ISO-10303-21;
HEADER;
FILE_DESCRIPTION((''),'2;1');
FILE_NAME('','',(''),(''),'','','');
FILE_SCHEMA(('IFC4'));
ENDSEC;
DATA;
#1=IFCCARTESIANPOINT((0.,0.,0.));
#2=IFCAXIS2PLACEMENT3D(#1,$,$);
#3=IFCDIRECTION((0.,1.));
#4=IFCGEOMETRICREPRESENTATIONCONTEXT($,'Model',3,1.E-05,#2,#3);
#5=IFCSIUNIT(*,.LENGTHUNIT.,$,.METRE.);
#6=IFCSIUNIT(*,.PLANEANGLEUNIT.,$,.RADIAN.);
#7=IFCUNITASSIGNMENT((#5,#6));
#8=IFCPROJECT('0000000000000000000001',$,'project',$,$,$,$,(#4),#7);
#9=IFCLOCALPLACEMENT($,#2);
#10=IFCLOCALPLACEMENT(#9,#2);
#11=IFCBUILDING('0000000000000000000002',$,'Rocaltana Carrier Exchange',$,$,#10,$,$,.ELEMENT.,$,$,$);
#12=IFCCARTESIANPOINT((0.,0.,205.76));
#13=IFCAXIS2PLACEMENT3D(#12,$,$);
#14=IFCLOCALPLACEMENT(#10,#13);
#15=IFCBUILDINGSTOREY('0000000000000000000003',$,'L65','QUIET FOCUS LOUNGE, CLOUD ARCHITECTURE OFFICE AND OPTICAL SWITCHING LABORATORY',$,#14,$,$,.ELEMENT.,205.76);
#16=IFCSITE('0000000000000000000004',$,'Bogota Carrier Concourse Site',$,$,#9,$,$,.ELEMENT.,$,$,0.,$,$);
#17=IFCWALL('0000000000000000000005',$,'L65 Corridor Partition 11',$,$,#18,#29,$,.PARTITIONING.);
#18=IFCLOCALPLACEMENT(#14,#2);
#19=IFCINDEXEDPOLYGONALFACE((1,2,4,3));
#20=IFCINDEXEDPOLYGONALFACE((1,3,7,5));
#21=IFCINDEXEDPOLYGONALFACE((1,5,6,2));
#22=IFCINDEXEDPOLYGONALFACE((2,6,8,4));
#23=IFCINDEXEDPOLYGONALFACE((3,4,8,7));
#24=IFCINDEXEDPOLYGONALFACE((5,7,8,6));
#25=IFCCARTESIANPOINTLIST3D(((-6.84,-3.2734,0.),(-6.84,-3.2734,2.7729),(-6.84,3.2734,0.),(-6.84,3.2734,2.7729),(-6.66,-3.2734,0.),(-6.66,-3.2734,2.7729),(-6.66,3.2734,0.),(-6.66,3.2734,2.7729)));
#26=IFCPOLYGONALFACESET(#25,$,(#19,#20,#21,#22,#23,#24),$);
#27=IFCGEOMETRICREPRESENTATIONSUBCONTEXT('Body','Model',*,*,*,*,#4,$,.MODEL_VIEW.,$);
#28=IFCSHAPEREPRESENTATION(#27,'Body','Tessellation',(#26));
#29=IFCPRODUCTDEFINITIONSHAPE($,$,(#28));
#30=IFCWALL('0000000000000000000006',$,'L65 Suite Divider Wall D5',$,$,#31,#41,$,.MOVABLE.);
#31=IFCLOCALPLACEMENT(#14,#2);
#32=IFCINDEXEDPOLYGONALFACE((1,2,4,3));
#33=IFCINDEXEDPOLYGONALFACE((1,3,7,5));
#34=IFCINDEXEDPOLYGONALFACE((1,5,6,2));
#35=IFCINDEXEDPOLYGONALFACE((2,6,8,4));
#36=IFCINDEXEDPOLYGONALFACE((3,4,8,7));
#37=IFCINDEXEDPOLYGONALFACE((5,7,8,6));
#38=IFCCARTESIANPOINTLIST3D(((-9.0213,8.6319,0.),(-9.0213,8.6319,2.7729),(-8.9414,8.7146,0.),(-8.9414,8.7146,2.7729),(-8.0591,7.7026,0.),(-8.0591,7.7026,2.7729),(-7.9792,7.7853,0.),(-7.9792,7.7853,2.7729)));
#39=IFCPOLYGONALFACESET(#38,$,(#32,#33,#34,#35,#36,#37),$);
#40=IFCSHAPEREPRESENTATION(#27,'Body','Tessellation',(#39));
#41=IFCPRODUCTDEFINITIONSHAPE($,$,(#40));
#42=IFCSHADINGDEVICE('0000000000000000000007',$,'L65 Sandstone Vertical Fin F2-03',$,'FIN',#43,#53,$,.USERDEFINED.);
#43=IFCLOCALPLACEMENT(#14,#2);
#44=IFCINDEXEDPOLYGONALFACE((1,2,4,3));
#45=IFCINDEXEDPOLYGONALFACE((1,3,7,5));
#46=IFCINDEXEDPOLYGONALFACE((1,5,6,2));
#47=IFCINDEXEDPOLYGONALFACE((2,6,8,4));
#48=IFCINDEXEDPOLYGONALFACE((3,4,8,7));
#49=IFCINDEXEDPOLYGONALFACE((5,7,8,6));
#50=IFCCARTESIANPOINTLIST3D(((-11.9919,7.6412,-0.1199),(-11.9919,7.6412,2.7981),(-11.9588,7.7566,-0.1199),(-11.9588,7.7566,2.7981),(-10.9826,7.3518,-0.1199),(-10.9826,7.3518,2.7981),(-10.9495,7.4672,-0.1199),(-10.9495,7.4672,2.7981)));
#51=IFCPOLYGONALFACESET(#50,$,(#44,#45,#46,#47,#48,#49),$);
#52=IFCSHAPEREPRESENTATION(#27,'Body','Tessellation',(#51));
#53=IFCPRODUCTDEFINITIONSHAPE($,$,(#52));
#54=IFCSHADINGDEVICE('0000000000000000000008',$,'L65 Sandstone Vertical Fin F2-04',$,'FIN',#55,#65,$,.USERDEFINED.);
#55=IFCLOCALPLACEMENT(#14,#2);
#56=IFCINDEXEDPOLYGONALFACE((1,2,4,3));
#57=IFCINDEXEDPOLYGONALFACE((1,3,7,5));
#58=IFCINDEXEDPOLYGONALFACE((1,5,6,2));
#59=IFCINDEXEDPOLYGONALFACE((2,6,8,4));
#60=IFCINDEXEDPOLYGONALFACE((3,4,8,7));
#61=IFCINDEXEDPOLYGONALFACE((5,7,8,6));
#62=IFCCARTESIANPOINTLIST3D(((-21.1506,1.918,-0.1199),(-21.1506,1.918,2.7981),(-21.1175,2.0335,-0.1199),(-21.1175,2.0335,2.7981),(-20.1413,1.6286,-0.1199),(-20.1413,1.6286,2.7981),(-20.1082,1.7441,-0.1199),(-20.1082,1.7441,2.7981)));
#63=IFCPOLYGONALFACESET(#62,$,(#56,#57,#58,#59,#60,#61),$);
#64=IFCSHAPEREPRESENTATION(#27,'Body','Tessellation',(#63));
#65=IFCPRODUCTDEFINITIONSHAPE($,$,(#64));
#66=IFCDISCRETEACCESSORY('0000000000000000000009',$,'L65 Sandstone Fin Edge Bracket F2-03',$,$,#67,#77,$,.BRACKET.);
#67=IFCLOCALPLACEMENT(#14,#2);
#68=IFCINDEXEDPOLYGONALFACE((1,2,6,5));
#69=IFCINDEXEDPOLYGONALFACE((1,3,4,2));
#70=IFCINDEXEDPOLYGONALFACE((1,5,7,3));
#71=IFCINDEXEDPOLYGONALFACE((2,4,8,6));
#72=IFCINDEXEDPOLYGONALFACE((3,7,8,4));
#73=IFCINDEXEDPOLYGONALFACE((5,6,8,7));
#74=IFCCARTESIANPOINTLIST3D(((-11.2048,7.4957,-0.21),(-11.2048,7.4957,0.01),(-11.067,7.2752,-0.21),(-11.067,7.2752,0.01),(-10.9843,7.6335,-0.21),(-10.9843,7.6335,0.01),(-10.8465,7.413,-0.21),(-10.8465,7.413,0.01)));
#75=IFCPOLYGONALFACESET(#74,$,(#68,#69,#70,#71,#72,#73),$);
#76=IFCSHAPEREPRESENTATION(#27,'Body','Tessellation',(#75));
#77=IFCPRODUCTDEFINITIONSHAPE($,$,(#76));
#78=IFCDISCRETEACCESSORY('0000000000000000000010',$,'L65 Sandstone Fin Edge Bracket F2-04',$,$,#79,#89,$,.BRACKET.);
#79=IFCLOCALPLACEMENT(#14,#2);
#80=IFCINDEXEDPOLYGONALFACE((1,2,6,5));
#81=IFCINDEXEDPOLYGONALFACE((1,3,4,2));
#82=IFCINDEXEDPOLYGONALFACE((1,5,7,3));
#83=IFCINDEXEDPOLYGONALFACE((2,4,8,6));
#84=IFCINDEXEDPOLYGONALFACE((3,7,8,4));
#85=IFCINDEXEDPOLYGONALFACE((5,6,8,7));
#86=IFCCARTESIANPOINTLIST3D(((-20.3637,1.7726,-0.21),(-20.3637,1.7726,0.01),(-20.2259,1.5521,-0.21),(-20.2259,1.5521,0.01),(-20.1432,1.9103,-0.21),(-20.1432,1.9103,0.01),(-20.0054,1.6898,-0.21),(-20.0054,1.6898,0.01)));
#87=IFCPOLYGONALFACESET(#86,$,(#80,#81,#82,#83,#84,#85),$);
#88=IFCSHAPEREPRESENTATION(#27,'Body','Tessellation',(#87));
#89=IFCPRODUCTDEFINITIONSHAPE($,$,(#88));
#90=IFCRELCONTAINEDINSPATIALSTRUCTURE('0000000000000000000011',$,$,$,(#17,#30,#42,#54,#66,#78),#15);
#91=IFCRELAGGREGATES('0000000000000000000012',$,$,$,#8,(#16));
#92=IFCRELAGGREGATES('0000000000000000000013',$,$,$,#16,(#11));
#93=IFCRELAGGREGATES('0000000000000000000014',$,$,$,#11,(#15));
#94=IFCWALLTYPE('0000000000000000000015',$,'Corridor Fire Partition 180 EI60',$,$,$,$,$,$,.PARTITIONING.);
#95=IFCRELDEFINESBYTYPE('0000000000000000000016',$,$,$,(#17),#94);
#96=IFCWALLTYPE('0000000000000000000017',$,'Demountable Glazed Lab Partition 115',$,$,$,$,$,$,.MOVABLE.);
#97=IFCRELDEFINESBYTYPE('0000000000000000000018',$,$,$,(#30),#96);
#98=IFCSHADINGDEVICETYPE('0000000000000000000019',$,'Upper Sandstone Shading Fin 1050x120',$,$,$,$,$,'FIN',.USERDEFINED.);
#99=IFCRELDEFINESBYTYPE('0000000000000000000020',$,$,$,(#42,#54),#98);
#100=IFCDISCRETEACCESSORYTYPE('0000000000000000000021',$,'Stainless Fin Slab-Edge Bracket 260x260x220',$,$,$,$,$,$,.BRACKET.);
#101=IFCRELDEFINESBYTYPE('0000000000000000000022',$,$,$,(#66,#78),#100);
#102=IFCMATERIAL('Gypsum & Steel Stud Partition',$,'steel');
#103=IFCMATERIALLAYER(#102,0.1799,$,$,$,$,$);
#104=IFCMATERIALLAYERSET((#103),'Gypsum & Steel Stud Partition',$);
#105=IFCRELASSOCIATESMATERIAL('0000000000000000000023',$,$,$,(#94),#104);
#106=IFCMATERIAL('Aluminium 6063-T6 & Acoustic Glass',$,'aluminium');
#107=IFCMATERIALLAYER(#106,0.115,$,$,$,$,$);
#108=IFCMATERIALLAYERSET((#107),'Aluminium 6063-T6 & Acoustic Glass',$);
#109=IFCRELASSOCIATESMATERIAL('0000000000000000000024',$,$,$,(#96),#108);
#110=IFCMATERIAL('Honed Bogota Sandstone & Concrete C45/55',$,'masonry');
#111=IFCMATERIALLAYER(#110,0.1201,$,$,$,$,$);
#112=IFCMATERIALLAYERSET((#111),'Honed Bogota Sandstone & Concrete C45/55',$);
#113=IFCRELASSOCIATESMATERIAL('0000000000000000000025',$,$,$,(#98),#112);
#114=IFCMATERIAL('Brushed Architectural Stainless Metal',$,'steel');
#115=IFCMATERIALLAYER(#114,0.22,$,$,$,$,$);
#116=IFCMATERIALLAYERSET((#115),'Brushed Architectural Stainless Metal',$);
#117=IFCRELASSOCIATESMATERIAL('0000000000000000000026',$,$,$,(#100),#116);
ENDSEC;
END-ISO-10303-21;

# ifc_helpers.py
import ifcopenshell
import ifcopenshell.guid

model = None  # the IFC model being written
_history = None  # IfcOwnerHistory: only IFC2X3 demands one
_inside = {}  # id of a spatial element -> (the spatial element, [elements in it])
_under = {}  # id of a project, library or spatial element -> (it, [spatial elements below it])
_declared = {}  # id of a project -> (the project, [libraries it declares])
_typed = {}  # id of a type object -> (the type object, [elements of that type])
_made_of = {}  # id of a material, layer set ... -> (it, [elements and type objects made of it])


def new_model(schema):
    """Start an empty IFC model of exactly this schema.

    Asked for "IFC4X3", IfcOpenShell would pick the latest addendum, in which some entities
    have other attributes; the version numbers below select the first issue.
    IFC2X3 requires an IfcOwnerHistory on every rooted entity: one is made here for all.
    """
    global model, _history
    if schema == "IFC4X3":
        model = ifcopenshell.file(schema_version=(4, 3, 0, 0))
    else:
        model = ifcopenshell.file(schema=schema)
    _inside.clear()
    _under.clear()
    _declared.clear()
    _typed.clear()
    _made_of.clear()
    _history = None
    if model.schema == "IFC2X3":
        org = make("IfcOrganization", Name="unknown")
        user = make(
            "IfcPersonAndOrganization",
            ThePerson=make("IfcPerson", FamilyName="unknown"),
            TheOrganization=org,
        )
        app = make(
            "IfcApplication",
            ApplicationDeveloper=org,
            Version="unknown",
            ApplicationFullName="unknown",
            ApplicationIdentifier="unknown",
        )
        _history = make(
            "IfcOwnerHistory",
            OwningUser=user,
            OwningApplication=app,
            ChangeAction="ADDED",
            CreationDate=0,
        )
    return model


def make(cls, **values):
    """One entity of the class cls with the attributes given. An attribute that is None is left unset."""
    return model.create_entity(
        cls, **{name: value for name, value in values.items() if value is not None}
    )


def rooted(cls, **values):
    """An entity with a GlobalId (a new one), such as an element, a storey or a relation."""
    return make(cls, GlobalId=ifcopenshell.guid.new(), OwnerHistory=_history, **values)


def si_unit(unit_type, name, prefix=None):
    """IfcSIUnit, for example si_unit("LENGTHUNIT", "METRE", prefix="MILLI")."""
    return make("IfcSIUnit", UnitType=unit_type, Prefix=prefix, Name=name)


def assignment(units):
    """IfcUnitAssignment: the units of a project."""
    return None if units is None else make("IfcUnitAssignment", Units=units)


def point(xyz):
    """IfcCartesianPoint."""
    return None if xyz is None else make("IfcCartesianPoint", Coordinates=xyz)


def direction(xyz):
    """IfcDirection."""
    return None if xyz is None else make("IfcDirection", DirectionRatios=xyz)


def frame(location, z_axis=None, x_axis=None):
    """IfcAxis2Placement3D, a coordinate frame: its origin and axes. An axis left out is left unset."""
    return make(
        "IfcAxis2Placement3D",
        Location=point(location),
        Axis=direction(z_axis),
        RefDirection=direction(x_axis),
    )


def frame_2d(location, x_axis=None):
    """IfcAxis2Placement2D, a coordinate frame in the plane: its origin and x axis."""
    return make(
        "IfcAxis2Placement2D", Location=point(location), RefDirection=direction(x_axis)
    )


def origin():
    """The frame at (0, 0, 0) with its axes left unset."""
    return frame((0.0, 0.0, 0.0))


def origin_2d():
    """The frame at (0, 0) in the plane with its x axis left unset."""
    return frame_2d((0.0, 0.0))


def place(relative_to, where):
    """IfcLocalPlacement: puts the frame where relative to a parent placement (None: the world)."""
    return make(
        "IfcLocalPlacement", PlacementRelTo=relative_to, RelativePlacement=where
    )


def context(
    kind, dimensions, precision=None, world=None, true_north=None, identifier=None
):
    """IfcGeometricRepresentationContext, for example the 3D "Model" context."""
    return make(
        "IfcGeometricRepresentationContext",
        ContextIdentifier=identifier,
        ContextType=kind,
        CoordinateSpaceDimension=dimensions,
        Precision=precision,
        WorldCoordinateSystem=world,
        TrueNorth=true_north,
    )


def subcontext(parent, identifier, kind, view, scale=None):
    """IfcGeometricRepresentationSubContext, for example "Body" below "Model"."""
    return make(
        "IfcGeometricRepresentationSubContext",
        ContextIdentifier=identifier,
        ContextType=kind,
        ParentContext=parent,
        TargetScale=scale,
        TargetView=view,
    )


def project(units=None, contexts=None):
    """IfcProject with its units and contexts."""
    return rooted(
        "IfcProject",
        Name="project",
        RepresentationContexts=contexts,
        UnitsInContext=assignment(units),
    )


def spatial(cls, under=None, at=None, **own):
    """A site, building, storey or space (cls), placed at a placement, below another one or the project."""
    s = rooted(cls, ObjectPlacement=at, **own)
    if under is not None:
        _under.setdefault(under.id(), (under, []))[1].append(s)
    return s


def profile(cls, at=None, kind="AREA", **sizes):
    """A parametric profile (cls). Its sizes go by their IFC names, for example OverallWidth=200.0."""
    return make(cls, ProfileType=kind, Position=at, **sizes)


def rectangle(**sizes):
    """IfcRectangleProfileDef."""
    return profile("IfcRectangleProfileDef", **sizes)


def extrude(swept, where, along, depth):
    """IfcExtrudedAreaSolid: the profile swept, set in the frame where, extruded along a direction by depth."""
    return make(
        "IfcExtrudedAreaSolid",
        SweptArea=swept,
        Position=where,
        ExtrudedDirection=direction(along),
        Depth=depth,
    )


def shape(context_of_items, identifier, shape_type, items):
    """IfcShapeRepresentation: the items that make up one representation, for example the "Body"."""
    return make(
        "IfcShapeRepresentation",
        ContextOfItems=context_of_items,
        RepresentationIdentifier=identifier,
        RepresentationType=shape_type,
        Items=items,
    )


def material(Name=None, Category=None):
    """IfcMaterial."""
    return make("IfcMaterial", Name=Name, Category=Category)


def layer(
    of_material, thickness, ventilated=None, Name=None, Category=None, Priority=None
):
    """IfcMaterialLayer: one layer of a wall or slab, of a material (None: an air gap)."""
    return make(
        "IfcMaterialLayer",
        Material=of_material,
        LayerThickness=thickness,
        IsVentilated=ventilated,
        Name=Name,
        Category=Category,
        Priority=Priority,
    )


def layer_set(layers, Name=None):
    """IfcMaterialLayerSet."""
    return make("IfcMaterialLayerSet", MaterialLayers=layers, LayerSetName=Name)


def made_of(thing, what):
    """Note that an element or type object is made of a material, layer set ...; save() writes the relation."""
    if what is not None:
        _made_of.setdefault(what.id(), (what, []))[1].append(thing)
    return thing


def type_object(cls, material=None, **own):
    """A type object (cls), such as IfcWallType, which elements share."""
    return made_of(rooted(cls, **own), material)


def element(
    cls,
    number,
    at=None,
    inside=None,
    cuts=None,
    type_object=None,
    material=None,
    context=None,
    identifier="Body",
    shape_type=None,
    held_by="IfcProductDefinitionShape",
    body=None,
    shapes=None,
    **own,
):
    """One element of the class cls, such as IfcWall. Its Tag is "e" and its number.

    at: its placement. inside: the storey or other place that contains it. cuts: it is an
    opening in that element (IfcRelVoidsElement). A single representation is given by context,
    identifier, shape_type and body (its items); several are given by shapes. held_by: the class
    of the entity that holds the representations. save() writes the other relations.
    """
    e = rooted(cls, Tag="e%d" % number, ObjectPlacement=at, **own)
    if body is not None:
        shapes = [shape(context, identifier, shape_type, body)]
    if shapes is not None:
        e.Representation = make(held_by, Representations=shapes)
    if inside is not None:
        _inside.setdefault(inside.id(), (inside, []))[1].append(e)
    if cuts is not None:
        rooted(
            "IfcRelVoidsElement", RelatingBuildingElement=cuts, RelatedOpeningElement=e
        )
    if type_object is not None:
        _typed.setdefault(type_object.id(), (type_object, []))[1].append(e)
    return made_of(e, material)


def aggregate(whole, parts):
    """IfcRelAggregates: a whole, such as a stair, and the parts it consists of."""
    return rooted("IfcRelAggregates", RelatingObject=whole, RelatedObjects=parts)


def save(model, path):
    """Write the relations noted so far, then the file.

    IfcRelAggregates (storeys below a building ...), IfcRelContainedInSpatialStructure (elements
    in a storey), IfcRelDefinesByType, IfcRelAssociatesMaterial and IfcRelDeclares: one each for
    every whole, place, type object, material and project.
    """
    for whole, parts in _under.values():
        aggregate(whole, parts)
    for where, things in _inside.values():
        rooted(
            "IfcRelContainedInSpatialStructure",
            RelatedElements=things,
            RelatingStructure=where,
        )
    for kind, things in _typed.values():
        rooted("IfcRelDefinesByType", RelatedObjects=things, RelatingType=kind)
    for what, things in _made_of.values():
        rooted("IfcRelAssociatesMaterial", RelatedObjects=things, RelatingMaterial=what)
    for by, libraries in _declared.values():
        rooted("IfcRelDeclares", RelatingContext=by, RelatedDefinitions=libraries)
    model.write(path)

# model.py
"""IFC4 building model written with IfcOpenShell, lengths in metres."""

from ifc_helpers import new_model, si_unit, direction, frame, frame_2d, origin, origin_2d, place, context, subcontext, project, spatial, rectangle, extrude, material, layer, layer_set, type_object, element, save


model = new_model("IFC4")

# Units and contexts
model_context = context("Model", 3, precision=1e-05, world=origin(), true_north=direction((0.0, 1.0)))
body_context = subcontext(model_context, "Body", "Model", "MODEL_VIEW")
ifc_project = project(units=[si_unit("LENGTHUNIT", "METRE"), si_unit("PLANEANGLEUNIT", "RADIAN")], contexts=[model_context])

# Site, building, storey
site_placement = place(None, origin())
site = spatial("IfcSite", under=ifc_project, at=site_placement, Name="Bogota Carrier Concourse Site", CompositionType="ELEMENT", RefElevation=0.0)
building_placement = place(site_placement, origin())
building = spatial("IfcBuilding", under=site, at=building_placement, Name="Rocaltana Carrier Exchange", CompositionType="ELEMENT")
storey_placement = place(building_placement, frame((0.0, 0.0, 205.76)))
storey = spatial("IfcBuildingStorey", under=building, at=storey_placement, Name="L65", Description="QUIET FOCUS LOUNGE, CLOUD ARCHITECTURE OFFICE AND OPTICAL SWITCHING LABORATORY", CompositionType="ELEMENT", Elevation=205.76)

# Shared definitions
ifc_material_1 = material(Name="Gypsum & Steel Stud Partition", Category="steel")
ifc_layer_1 = layer(ifc_material_1, 0.1799)
ifc_layer_set_1 = layer_set([ifc_layer_1], Name="Gypsum & Steel Stud Partition")
wall_type_1 = type_object("IfcWallType", Name="Corridor Fire Partition 180 EI60", PredefinedType="PARTITIONING", material=ifc_layer_set_1)

# Walls
wall_1_placement = place(storey_placement, frame((-6.75, 3.2734, 0.0), z_axis=(0.0, 0.0, 1.0), x_axis=(0.0, -1.0, 0.0)))
element("IfcWall", 1, at=wall_1_placement, inside=storey, type_object=wall_type_1, Name="L65 Corridor Partition 11", PredefinedType="PARTITIONING", context=body_context, shape_type="SweptSolid", body=[
    extrude(rectangle(XDim=6.5469, YDim=0.1799, at=frame_2d((3.2734, 0.0))), origin(), (0.0, 0.0, 1.0), 2.7729),
])
ifc_material_2 = material(Name="Aluminium 6063-T6 & Acoustic Glass", Category="aluminium")
ifc_layer_2 = layer(ifc_material_2, 0.115)
ifc_layer_set_2 = layer_set([ifc_layer_2], Name="Aluminium 6063-T6 & Acoustic Glass")
wall_type_2 = type_object("IfcWallType", Name="Demountable Glazed Lab Partition 115", PredefinedType="MOVABLE", material=ifc_layer_set_2)
wall_2_placement = place(storey_placement, frame((-8.019, 7.7439, 0.0), z_axis=(0.0, 0.0, 1.0), x_axis=(-0.71932, 0.694679, 0.0)))
element("IfcWall", 2, at=wall_2_placement, inside=storey, type_object=wall_type_2, Name="L65 Suite Divider Wall D5", PredefinedType="MOVABLE", context=body_context, shape_type="SweptSolid", body=[
    extrude(rectangle(XDim=1.3376, YDim=0.115, at=frame_2d((0.6689, 0.0))), origin(), (0.0, 0.0, 1.0), 2.7729),
])

# Shading devices
ifc_material_3 = material(Name="Honed Bogota Sandstone & Concrete C45/55", Category="masonry")
ifc_layer_3 = layer(ifc_material_3, 0.1201)
ifc_layer_set_3 = layer_set([ifc_layer_3], Name="Honed Bogota Sandstone & Concrete C45/55")
shading_device_type = type_object("IfcShadingDeviceType", Name="Upper Sandstone Shading Fin 1050x120", ElementType="FIN", PredefinedType="USERDEFINED", material=ifc_layer_set_3)
for number, where, z_axis, x_axis, name in (
    (3, (-11.4707, 7.5542, -0.1199), (0.0, 0.0, 1.0), (-0.961262, 0.275637, 0.0), "L65 Sandstone Vertical Fin F2-03"),
    (4, (-20.6294, 1.8311, -0.1199), (0.0, 0.0, 1.0), (-0.961262, 0.275637, 0.0), "L65 Sandstone Vertical Fin F2-04"),
):
    element("IfcShadingDevice", number, at=place(storey_placement, frame(where, z_axis=z_axis, x_axis=x_axis)), inside=storey, type_object=shading_device_type, Name=name, ObjectType="FIN", PredefinedType="USERDEFINED", context=body_context, shape_type="SweptSolid", body=[
        extrude(rectangle(XDim=1.05, YDim=0.1201, at=origin_2d()), origin(), (0.0, 0.0, 1.0), 2.918),
    ])

# Discrete accessories
ifc_material_4 = material(Name="Brushed Architectural Stainless Metal", Category="steel")
ifc_layer_4 = layer(ifc_material_4, 0.22)
ifc_layer_set_4 = layer_set([ifc_layer_4], Name="Brushed Architectural Stainless Metal")
discrete_accessory_type = type_object("IfcDiscreteAccessoryType", Name="Stainless Fin Slab-Edge Bracket 260x260x220", PredefinedType="BRACKET", material=ifc_layer_set_4)
for number, where, z_axis, x_axis, name in (
    (5, (-11.0256, 7.4543, -0.21), (0.0, 0.0, 1.0), (-0.848048, -0.529919, 0.0), "L65 Sandstone Fin Edge Bracket F2-03"),
    (6, (-20.1846, 1.7312, -0.21), (0.0, 0.0, 1.0), (-0.848048, -0.529919, 0.0), "L65 Sandstone Fin Edge Bracket F2-04"),
):
    element("IfcDiscreteAccessory", number, at=place(storey_placement, frame(where, z_axis=z_axis, x_axis=x_axis)), inside=storey, type_object=discrete_accessory_type, Name=name, PredefinedType="BRACKET", context=body_context, shape_type="SweptSolid", body=[
        extrude(rectangle(XDim=0.26, YDim=0.26, at=origin_2d()), origin(), (0.0, 0.0, 1.0), 0.22),
    ])

save(model, "model.ifc")
